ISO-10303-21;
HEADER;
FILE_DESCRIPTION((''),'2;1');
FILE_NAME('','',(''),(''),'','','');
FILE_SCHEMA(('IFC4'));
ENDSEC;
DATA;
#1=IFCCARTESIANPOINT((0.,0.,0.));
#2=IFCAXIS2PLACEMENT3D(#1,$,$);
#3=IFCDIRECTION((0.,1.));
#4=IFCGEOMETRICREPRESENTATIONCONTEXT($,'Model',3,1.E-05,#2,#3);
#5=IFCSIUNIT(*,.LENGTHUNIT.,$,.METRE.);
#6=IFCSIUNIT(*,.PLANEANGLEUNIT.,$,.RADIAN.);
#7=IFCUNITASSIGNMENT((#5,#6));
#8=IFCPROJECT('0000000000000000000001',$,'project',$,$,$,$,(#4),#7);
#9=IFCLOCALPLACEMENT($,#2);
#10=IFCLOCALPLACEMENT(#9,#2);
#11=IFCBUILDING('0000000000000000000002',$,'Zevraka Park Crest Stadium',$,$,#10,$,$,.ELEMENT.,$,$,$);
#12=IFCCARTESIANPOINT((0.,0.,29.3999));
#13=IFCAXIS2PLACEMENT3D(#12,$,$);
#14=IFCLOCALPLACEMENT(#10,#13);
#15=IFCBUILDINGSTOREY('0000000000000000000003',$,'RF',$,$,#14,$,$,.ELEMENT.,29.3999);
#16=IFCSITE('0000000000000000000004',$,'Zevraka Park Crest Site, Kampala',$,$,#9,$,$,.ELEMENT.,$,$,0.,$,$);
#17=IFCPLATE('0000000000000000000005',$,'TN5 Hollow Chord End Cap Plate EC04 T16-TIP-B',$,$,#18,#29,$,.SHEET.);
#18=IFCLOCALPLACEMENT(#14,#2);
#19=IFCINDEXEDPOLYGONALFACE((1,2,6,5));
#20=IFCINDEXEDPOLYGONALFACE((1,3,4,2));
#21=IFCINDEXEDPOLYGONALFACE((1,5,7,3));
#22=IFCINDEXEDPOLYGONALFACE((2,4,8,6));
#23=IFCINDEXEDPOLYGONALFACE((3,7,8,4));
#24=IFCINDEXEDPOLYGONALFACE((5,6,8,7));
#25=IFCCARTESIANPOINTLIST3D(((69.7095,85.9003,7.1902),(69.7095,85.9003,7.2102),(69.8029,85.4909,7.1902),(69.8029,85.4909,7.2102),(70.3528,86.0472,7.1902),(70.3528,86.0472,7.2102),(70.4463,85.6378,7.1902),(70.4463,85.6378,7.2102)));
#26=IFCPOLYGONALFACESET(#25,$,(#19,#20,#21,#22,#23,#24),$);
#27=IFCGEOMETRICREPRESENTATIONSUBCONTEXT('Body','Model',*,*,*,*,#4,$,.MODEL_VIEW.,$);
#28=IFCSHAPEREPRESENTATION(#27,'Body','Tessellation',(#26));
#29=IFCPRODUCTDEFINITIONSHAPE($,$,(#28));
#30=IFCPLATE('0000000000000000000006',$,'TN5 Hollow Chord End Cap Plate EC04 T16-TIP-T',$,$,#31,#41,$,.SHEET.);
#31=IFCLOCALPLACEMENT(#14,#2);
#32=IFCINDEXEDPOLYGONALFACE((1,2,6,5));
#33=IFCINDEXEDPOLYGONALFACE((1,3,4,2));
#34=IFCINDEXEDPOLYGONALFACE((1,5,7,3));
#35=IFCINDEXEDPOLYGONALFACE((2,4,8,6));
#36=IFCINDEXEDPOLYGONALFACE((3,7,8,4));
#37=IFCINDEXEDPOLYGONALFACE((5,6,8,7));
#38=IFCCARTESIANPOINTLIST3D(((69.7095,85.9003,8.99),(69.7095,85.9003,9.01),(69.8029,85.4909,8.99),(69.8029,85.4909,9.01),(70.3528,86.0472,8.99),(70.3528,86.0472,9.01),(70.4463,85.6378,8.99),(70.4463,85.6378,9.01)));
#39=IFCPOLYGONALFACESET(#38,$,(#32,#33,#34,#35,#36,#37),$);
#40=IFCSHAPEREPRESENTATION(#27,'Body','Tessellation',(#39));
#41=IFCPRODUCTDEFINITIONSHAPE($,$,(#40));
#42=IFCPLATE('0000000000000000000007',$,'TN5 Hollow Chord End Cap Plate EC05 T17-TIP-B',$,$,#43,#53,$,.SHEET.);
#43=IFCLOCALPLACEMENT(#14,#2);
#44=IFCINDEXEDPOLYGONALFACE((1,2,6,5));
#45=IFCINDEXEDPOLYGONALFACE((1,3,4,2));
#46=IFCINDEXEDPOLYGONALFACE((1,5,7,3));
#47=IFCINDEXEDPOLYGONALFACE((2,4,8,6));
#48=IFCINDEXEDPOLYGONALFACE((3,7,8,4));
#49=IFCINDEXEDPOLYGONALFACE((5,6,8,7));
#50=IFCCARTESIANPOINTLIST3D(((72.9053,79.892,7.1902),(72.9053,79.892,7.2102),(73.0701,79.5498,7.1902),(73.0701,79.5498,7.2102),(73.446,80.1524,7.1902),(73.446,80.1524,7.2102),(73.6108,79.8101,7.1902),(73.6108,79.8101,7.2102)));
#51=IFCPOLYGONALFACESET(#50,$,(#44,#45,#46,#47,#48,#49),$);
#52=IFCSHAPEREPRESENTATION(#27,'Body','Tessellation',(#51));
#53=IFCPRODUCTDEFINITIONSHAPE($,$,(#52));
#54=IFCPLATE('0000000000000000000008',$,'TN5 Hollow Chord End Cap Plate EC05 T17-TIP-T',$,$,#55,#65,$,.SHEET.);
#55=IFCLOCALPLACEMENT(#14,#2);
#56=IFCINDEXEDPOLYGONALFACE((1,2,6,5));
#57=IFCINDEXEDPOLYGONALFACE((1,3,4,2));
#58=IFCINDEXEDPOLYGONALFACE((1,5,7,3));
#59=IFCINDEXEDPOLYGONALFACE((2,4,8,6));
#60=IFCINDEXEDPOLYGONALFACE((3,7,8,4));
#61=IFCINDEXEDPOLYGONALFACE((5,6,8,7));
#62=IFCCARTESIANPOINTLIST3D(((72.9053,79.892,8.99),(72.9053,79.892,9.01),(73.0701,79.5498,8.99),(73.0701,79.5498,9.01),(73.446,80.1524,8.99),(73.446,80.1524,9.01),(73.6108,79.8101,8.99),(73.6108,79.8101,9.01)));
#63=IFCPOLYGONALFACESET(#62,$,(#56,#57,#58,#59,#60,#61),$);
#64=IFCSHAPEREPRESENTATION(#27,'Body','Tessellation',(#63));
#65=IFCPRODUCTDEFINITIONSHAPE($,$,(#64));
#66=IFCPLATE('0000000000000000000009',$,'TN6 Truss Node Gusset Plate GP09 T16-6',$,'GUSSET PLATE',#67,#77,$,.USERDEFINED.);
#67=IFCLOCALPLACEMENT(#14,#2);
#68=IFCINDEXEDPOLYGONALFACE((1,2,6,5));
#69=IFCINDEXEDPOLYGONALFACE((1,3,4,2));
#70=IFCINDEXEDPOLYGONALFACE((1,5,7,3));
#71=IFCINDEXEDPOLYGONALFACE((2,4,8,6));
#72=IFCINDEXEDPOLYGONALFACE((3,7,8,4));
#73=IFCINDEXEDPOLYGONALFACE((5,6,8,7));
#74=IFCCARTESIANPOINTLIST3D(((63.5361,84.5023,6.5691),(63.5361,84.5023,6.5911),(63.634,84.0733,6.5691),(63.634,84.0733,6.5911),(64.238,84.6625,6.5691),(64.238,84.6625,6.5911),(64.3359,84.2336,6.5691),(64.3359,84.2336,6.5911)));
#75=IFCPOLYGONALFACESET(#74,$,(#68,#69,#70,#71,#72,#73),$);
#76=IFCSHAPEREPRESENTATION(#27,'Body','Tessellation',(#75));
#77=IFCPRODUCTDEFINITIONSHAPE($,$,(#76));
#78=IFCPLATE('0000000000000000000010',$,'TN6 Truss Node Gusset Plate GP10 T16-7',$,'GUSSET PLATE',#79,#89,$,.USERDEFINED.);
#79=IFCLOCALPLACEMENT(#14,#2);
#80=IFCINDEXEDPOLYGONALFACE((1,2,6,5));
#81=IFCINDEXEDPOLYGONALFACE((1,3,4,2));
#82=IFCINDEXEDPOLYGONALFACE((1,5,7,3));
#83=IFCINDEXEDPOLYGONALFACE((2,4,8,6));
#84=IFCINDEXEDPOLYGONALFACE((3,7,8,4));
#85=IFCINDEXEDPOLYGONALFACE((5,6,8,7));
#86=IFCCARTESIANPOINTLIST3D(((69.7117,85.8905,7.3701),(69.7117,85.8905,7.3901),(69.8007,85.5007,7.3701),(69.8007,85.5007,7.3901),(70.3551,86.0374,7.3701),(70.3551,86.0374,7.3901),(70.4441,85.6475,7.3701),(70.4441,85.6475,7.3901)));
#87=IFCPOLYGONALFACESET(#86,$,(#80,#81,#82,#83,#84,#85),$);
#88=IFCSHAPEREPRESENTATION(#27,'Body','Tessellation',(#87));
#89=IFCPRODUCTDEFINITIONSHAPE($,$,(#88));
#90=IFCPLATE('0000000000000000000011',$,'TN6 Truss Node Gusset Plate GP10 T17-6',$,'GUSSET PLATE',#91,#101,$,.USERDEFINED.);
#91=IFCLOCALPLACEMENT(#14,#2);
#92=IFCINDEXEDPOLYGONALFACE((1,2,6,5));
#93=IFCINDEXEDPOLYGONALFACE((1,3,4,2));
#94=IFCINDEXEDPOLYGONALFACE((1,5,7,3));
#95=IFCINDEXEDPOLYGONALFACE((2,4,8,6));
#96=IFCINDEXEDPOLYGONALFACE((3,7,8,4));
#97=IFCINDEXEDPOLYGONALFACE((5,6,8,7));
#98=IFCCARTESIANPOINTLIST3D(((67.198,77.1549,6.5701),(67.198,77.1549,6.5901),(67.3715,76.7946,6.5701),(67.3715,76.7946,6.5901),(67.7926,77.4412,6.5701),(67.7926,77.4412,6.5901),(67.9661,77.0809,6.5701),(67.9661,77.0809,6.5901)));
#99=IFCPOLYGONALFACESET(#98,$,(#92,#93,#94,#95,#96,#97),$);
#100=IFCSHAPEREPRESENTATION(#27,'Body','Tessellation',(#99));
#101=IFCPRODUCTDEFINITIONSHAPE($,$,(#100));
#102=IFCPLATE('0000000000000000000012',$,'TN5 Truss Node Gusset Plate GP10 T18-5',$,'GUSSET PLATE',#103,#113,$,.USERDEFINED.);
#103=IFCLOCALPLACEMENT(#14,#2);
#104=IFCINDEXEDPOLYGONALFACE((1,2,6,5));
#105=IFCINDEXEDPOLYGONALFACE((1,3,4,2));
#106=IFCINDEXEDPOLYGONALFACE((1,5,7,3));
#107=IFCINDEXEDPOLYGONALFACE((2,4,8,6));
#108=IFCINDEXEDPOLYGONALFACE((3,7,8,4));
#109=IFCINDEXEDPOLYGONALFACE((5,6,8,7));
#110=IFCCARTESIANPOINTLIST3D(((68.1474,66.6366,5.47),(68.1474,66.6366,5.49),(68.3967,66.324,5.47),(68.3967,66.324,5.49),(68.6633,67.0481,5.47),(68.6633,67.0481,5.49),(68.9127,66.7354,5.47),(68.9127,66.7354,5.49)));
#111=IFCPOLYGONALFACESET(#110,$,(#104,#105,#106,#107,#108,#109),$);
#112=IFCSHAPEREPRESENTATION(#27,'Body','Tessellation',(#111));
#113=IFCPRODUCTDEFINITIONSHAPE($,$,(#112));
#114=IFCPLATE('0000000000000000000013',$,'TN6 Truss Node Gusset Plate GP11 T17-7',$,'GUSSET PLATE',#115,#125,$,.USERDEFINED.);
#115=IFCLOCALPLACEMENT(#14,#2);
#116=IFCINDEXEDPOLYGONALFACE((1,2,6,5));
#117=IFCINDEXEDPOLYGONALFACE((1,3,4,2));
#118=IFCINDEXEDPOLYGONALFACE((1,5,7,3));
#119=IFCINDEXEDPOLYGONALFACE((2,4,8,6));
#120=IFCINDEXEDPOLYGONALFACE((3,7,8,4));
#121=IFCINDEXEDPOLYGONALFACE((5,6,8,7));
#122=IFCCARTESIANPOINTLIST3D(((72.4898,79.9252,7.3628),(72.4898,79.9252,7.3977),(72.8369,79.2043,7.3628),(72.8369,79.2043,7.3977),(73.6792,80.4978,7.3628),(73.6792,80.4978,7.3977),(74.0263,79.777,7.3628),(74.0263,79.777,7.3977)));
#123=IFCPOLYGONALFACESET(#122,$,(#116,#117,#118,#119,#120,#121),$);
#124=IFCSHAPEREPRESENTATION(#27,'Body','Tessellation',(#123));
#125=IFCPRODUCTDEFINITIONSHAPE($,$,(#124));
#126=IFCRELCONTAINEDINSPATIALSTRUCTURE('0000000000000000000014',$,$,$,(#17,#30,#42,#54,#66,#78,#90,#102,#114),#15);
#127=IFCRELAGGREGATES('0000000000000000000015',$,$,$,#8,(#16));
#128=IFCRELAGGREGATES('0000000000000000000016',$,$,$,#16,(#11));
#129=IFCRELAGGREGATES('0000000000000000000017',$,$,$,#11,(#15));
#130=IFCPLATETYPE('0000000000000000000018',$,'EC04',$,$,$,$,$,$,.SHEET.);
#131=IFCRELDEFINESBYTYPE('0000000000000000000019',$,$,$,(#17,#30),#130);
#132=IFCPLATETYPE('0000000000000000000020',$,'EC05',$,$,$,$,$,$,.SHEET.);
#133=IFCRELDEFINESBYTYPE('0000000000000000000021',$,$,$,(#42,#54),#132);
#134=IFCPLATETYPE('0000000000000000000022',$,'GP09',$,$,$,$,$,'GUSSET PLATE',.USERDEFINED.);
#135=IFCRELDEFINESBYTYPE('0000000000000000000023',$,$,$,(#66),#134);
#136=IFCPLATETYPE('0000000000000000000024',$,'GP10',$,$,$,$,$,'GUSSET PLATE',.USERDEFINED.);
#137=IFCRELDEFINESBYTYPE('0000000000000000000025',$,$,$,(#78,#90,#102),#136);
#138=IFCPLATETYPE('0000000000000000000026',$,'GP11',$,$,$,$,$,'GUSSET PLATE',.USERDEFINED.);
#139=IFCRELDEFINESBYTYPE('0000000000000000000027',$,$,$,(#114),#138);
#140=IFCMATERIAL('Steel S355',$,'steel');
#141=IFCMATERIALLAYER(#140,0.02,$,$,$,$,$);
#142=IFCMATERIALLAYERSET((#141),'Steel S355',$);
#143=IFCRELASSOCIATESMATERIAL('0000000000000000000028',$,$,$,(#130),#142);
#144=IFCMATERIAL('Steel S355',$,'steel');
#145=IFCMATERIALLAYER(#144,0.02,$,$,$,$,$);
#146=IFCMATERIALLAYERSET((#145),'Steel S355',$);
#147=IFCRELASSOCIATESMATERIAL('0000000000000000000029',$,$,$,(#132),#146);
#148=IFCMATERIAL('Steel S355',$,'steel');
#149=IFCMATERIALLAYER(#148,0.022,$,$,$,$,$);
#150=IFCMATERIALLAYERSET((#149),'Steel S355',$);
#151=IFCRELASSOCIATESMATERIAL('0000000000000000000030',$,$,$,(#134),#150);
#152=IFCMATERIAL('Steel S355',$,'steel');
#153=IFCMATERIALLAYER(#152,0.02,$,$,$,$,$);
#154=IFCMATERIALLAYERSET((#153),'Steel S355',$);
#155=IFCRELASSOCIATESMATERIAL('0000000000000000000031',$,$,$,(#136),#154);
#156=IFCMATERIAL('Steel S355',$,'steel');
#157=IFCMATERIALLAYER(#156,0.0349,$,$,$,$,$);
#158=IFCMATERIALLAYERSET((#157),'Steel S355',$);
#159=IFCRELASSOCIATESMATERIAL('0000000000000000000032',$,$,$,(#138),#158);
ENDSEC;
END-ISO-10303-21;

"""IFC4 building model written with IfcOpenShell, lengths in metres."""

from ifc_helpers import new_model, si_unit, direction, frame, origin, origin_2d, place, context, subcontext, project, spatial, rectangle, extrude, material, layer, layer_set, type_object, element, save


model = new_model("IFC4")

# Units and contexts
model_context = context("Model", 3, precision=1e-05, world=origin(), true_north=direction((0.0, 1.0)))
body_context = subcontext(model_context, "Body", "Model", "MODEL_VIEW")
ifc_project = project(units=[si_unit("LENGTHUNIT", "METRE"), si_unit("PLANEANGLEUNIT", "RADIAN")], contexts=[model_context])

# Site, building, storey
site_placement = place(None, origin())
site = spatial("IfcSite", under=ifc_project, at=site_placement, Name="Zevraka Park Crest Site, Kampala", CompositionType="ELEMENT", RefElevation=0.0)
building_placement = place(site_placement, origin())
building = spatial("IfcBuilding", under=site, at=building_placement, Name="Zevraka Park Crest Stadium", CompositionType="ELEMENT")
storey_placement = place(building_placement, frame((0.0, 0.0, 29.3999)))
storey = spatial("IfcBuildingStorey", under=building, at=storey_placement, Name="RF", CompositionType="ELEMENT", Elevation=29.3999)

# Plates
ifc_material_1 = material(Name="Steel S355", Category="steel")
ifc_layer_1 = layer(ifc_material_1, 0.02)
ifc_layer_set_1 = layer_set([ifc_layer_1], Name="Steel S355")
plate_type_1 = type_object("IfcPlateType", Name="EC04", PredefinedType="SHEET", material=ifc_layer_set_1)
for number, where, z_axis, x_axis, name in (
    (1, (70.0779, 85.769, 7.1902), (0.0, 0.0, 1.0), (0.974917, 0.22257, 0.0), "TN5 Hollow Chord End Cap Plate EC04 T16-TIP-B"),
    (2, (70.0779, 85.769, 8.99), (0.0, 0.0, 1.0), (0.974917, 0.22257, 0.0), "TN5 Hollow Chord End Cap Plate EC04 T16-TIP-T"),
):
    element("IfcPlate", number, at=place(storey_placement, frame(where, z_axis=z_axis, x_axis=x_axis)), inside=storey, type_object=plate_type_1, Name=name, PredefinedType="SHEET", context=body_context, shape_type="SweptSolid", body=[
        extrude(rectangle(XDim=0.6599, YDim=0.4199, at=origin_2d()), origin(), (0.0, 0.0, 1.0), 0.02),
    ])
ifc_material_2 = material(Name="Steel S355", Category="steel")
ifc_layer_2 = layer(ifc_material_2, 0.02)
ifc_layer_set_2 = layer_set([ifc_layer_2], Name="Steel S355")
plate_type_2 = type_object("IfcPlateType", Name="EC05", PredefinedType="SHEET", material=ifc_layer_set_2)
for number, where, z_axis, x_axis, name in (
    (3, (73.2581, 79.8511, 7.1902), (0.0, 0.0, 1.0), (0.901001, 0.433816, 0.0), "TN5 Hollow Chord End Cap Plate EC05 T17-TIP-B"),
    (4, (73.2581, 79.8511, 8.99), (0.0, 0.0, 1.0), (0.901001, 0.433816, 0.0), "TN5 Hollow Chord End Cap Plate EC05 T17-TIP-T"),
):
    element("IfcPlate", number, at=place(storey_placement, frame(where, z_axis=z_axis, x_axis=x_axis)), inside=storey, type_object=plate_type_2, Name=name, PredefinedType="SHEET", context=body_context, shape_type="SweptSolid", body=[
        extrude(rectangle(XDim=0.6001, YDim=0.3799, at=origin_2d()), origin(), (0.0, 0.0, 1.0), 0.02),
    ])
ifc_material_3 = material(Name="Steel S355", Category="steel")
ifc_layer_3 = layer(ifc_material_3, 0.022)
ifc_layer_set_3 = layer_set([ifc_layer_3], Name="Steel S355")
plate_type_3 = type_object("IfcPlateType", Name="GP09", ElementType="GUSSET PLATE", PredefinedType="USERDEFINED", material=ifc_layer_set_3)
plate_1_placement = place(storey_placement, frame((63.936, 84.3679, 6.5691), z_axis=(0.0, 0.0, 1.0), x_axis=(0.974917, 0.22257, 0.0)))
element("IfcPlate", 5, at=plate_1_placement, inside=storey, type_object=plate_type_3, Name="TN6 Truss Node Gusset Plate GP09 T16-6", ObjectType="GUSSET PLATE", PredefinedType="USERDEFINED", context=body_context, shape_type="SweptSolid", body=[
    extrude(rectangle(XDim=0.72, YDim=0.4399, at=origin_2d()), origin(), (0.0, 0.0, 1.0), 0.022),
])
ifc_material_4 = material(Name="Steel S355", Category="steel")
ifc_layer_4 = layer(ifc_material_4, 0.02)
ifc_layer_set_4 = layer_set([ifc_layer_4], Name="Steel S355")
plate_type_4 = type_object("IfcPlateType", Name="GP10", ElementType="GUSSET PLATE", PredefinedType="USERDEFINED", material=ifc_layer_set_4)
for number, where, z_axis, x_axis, name in (
    (6, (70.0779, 85.769, 7.3701), (0.0, 0.0, 1.0), (0.974917, 0.22257, 0.0), "TN6 Truss Node Gusset Plate GP10 T16-7"),
    (7, (67.582, 77.1179, 6.5701), (0.0, 0.0, 1.0), (0.901001, 0.433816, 0.0), "TN6 Truss Node Gusset Plate GP10 T17-6"),
    (8, (68.53, 66.686, 5.47), (0.0, 0.0, 1.0), (0.781847, 0.62347, 0.0), "TN5 Truss Node Gusset Plate GP10 T18-5"),
):
    element("IfcPlate", number, at=place(storey_placement, frame(where, z_axis=z_axis, x_axis=x_axis)), inside=storey, type_object=plate_type_4, Name=name, ObjectType="GUSSET PLATE", PredefinedType="USERDEFINED", context=body_context, shape_type="SweptSolid", body=[
        extrude(rectangle(XDim=0.6599, YDim=0.3999, at=origin_2d()), origin(), (0.0, 0.0, 1.0), 0.02),
    ])
ifc_material_5 = material(Name="Steel S355", Category="steel")
ifc_layer_5 = layer(ifc_material_5, 0.0349)
ifc_layer_set_5 = layer_set([ifc_layer_5], Name="Steel S355")
plate_type_5 = type_object("IfcPlateType", Name="GP11", ElementType="GUSSET PLATE", PredefinedType="USERDEFINED", material=ifc_layer_set_5)
plate_2_placement = place(storey_placement, frame((73.2581, 79.8511, 7.3628), z_axis=(0.0, 0.0, 1.0), x_axis=(0.901001, 0.433816, 0.0)))
element("IfcPlate", 9, at=plate_2_placement, inside=storey, type_object=plate_type_5, Name="TN6 Truss Node Gusset Plate GP11 T17-7", ObjectType="GUSSET PLATE", PredefinedType="USERDEFINED", context=body_context, shape_type="SweptSolid", body=[
    extrude(rectangle(XDim=1.3201, YDim=0.8, at=origin_2d()), origin(), (0.0, 0.0, 1.0), 0.0349),
])

save(model, "model.ifc")
